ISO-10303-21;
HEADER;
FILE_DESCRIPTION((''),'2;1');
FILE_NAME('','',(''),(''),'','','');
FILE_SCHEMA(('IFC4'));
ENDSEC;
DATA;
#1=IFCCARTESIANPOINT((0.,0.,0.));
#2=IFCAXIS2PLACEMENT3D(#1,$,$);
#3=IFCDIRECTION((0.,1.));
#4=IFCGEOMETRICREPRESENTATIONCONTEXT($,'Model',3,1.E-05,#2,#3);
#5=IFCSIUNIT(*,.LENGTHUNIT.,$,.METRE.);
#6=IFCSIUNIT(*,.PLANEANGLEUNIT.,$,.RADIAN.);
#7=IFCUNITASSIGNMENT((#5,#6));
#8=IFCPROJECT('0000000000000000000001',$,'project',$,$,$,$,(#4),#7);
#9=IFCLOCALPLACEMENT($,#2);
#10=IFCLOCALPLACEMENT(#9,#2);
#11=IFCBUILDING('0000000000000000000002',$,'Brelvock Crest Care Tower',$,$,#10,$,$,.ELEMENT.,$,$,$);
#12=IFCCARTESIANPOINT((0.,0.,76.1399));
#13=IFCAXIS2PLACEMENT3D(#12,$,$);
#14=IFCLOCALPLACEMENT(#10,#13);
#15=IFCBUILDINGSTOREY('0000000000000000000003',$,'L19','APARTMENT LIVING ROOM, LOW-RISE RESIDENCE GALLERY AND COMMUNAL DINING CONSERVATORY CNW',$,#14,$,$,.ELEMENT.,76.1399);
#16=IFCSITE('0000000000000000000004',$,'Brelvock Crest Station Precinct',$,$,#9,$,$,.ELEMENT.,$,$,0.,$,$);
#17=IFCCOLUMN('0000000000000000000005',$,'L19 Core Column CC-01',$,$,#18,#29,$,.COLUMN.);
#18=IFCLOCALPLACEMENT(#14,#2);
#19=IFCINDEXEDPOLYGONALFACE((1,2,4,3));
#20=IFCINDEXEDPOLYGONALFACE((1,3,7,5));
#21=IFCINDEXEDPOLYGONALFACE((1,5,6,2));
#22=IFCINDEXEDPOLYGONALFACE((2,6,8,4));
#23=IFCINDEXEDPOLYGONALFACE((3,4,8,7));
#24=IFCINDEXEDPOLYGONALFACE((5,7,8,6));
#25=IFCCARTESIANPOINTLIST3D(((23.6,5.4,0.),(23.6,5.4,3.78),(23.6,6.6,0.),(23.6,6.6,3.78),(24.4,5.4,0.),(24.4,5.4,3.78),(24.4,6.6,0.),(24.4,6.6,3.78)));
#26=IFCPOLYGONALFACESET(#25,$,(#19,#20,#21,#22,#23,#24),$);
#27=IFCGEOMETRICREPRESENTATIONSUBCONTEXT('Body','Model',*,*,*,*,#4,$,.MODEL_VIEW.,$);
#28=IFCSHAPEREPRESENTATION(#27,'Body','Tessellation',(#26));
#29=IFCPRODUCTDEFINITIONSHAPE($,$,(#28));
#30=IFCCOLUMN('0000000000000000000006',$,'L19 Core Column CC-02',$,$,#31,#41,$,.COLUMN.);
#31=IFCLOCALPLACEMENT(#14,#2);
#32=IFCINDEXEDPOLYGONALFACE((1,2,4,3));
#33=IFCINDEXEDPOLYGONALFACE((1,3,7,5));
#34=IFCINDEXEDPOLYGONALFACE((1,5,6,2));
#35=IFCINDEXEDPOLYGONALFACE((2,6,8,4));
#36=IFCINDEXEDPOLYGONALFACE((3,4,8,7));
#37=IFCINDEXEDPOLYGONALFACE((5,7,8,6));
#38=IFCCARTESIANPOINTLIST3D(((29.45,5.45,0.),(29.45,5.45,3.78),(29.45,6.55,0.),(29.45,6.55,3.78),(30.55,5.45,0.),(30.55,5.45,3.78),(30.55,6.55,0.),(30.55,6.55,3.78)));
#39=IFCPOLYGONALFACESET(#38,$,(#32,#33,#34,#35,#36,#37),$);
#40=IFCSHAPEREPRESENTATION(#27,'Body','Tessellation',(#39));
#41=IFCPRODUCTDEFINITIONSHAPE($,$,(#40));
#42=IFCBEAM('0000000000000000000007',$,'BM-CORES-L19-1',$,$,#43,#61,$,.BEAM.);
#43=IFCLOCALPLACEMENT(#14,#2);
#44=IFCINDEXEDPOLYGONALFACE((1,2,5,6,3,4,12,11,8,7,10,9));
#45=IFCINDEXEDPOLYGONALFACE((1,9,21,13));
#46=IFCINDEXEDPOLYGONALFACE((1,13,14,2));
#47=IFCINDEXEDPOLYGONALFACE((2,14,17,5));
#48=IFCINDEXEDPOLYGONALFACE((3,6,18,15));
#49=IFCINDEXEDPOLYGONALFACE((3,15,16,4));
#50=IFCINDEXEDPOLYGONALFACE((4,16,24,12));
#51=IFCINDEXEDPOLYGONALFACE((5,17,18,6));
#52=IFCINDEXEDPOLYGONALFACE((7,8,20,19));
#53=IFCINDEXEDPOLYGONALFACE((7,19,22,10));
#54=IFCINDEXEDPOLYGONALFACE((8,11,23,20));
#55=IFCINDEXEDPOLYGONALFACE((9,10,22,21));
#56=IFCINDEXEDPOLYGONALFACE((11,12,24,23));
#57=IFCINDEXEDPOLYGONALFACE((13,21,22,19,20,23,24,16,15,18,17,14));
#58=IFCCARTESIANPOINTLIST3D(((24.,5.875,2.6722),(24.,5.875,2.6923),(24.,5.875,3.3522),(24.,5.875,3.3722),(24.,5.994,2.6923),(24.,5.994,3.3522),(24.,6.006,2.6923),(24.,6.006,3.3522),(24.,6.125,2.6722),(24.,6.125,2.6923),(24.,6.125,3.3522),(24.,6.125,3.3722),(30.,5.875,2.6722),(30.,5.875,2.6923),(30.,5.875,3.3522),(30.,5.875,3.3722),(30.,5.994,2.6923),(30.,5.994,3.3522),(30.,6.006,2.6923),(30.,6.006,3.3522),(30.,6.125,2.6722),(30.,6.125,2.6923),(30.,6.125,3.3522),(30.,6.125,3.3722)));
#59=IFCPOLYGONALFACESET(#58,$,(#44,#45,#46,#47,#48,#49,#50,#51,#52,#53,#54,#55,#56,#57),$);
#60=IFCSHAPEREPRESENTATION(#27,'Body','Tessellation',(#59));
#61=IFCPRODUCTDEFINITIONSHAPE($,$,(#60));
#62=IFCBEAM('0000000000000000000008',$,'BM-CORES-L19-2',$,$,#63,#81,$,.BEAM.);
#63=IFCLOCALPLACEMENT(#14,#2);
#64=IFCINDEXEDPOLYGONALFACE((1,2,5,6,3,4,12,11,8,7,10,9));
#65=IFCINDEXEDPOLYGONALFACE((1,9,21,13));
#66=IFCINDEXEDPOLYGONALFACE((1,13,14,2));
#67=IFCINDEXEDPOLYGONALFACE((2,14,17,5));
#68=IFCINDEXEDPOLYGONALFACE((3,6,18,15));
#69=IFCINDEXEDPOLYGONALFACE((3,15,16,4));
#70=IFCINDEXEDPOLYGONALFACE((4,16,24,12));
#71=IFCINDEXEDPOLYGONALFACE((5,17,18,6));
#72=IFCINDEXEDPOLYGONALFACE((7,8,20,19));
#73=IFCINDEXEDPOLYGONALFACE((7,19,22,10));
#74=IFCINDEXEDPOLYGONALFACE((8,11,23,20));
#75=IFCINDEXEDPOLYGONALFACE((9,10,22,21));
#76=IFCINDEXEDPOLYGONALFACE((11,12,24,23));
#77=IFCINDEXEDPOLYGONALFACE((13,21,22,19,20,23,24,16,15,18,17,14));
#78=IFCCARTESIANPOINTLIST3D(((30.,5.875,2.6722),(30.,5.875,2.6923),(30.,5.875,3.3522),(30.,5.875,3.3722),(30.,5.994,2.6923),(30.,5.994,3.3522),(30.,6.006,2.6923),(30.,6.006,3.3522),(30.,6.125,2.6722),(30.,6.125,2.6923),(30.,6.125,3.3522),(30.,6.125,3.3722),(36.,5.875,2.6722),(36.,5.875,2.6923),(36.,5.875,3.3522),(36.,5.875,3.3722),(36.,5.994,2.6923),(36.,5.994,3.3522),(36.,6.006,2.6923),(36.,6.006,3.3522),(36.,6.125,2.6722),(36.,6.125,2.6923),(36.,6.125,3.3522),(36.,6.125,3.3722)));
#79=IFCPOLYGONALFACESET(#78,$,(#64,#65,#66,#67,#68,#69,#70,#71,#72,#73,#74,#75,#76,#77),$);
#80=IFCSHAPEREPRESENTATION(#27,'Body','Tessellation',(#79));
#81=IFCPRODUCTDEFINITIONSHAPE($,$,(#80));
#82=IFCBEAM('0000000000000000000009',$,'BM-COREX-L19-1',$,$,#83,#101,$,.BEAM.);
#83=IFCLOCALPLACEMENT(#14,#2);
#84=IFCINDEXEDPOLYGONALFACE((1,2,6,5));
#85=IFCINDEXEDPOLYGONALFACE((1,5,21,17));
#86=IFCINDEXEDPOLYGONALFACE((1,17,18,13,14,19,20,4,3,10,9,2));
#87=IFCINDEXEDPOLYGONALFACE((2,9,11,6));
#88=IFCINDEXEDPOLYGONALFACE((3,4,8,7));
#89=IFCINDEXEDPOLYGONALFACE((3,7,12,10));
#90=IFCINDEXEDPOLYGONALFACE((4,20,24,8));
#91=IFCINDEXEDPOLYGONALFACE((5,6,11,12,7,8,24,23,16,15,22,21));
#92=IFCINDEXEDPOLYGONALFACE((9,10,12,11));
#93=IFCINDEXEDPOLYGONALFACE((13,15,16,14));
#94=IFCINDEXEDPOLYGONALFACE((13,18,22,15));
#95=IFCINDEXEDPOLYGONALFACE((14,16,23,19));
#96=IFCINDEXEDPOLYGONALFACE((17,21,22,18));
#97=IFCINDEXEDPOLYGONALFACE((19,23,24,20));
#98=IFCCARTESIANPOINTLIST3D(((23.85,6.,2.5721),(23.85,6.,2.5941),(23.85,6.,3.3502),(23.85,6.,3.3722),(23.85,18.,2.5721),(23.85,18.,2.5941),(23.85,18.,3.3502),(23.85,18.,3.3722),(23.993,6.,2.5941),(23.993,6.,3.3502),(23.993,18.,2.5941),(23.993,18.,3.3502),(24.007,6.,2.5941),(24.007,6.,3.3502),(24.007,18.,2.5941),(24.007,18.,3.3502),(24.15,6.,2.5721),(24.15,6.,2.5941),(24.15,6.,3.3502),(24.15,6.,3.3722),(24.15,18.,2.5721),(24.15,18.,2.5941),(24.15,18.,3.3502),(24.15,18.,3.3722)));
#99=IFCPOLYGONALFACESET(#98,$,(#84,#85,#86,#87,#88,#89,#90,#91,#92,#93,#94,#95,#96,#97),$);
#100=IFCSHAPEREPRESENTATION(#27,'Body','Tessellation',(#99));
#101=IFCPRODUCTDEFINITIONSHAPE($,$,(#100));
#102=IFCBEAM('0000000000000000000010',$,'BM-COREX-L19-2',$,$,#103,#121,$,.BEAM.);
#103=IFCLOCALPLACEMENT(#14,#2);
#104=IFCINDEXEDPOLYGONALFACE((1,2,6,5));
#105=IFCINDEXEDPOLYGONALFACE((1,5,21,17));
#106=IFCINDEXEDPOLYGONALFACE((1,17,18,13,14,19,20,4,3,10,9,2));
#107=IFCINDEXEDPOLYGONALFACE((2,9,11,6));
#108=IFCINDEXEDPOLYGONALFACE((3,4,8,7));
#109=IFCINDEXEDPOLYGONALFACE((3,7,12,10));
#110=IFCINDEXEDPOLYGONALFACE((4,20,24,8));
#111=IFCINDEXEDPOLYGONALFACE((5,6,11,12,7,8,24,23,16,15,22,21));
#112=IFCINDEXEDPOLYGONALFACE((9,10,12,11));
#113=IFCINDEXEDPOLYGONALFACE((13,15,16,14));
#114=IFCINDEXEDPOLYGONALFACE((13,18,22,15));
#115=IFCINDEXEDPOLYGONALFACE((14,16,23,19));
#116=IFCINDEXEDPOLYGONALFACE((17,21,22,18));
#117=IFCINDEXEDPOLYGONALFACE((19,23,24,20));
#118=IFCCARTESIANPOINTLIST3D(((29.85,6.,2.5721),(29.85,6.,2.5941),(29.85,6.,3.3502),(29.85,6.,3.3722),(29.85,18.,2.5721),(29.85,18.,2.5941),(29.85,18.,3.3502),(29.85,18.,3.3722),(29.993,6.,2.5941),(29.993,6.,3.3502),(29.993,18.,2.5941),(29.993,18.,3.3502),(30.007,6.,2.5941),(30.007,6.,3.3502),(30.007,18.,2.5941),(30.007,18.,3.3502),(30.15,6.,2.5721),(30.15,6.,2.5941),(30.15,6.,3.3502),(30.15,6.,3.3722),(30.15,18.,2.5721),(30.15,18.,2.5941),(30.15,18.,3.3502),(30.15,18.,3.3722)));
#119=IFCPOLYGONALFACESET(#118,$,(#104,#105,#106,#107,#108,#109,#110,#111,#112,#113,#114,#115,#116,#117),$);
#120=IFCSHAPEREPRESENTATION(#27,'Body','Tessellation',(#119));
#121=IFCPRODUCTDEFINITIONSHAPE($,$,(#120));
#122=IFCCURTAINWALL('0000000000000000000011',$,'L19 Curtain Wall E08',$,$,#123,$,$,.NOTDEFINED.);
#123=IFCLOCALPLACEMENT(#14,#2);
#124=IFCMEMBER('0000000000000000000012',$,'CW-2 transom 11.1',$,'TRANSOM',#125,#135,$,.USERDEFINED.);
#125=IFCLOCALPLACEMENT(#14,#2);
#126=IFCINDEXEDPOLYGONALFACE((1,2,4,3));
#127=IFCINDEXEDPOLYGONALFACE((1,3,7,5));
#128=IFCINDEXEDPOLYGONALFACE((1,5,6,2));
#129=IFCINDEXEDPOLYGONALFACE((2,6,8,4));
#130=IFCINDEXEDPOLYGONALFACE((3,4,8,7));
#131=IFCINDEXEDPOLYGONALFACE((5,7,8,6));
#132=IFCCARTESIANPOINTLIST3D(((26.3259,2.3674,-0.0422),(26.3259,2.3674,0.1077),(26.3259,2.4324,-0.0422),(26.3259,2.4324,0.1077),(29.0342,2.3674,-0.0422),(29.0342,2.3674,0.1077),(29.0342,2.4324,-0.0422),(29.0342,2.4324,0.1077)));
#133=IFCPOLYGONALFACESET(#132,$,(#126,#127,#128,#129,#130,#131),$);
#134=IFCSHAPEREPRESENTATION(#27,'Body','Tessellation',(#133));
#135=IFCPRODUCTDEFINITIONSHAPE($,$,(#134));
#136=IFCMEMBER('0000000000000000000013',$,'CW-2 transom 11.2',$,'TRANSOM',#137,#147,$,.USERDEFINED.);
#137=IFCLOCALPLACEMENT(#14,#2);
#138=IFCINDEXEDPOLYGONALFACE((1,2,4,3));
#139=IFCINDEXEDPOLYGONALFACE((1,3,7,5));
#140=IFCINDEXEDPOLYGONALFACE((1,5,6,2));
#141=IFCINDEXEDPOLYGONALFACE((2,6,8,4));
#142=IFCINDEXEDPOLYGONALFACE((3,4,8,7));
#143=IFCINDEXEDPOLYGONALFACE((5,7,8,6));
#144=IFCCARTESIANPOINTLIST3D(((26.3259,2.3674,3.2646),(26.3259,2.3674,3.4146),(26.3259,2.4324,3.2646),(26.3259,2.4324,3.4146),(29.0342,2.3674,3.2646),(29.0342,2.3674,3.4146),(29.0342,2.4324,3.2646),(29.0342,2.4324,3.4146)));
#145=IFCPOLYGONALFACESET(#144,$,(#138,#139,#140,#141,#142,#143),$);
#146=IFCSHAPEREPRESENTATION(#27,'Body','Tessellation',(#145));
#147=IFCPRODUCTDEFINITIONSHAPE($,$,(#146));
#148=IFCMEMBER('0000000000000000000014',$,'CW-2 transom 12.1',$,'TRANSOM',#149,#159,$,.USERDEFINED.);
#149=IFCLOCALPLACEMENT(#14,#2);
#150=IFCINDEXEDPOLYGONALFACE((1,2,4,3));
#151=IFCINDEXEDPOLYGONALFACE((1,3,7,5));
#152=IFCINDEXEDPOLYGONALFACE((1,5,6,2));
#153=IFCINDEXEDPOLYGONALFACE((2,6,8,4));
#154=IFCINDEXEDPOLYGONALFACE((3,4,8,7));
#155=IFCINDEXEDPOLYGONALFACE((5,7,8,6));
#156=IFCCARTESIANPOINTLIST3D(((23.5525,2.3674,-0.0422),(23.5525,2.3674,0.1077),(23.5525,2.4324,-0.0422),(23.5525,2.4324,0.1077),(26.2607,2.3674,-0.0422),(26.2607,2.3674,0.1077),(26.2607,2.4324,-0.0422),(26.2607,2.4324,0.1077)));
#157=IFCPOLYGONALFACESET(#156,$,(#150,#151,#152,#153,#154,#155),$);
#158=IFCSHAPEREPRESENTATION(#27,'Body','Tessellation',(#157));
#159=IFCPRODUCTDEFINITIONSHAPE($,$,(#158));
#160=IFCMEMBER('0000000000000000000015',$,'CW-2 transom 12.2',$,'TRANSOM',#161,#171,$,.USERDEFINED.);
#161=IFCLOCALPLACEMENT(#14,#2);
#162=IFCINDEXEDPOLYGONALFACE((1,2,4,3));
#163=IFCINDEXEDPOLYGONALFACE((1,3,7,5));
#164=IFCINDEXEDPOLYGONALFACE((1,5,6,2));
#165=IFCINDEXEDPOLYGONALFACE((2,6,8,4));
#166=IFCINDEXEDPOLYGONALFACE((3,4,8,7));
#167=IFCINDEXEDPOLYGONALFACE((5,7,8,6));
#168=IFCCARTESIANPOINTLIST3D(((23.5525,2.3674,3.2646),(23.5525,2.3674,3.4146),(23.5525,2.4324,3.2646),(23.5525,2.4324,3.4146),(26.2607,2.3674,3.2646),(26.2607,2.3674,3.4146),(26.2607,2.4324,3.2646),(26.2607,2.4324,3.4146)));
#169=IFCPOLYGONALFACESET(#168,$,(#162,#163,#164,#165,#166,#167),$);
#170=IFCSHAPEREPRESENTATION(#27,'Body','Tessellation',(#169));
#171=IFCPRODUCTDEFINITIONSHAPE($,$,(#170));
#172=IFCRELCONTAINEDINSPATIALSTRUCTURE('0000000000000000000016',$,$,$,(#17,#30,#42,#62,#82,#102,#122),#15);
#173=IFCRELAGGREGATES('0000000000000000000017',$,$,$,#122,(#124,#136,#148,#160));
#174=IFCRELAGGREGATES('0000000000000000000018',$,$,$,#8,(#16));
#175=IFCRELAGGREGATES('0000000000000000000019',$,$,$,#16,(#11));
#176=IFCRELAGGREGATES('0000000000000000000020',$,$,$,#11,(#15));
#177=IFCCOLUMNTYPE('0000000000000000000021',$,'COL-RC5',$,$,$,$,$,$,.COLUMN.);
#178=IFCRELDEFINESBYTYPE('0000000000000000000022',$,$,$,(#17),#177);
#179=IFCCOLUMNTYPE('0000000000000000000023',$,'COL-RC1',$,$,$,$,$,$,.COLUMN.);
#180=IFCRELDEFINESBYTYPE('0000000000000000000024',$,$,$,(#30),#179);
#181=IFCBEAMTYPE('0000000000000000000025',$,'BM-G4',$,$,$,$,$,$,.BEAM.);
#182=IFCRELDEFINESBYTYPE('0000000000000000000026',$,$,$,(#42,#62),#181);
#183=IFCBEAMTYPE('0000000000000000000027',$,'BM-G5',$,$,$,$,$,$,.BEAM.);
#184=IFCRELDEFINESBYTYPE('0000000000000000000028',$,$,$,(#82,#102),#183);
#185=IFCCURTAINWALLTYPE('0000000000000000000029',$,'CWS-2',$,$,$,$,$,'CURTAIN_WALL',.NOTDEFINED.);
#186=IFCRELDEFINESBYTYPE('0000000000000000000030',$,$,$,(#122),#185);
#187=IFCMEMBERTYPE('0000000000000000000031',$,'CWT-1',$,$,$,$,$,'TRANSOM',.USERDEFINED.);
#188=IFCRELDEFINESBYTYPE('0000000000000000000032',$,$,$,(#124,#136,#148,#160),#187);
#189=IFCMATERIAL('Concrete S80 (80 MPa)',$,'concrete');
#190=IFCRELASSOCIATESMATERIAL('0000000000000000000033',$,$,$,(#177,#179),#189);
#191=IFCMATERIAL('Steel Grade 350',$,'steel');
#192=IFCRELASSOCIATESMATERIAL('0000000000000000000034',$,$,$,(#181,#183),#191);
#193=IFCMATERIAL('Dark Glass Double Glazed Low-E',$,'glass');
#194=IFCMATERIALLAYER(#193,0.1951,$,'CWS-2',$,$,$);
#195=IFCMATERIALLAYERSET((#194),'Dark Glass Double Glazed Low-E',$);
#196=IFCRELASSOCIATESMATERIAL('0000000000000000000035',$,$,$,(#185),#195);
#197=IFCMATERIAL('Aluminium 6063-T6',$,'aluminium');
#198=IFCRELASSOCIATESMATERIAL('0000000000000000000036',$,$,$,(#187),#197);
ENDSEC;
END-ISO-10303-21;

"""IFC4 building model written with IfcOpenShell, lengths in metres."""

from ifc_helpers import new_model, si_unit, direction, frame, origin, origin_2d, place, context, subcontext, project, spatial, rectangle, i_section, extrude, source, transform, mapped, material, layer, layer_set, material_profile, profile_set, type_object, element, aggregate, save


model = new_model("IFC4")

# Units and contexts
model_context = context("Model", 3, precision=1e-05, world=origin(), true_north=direction((0.0, 1.0)))
body_context = subcontext(model_context, "Body", "Model", "MODEL_VIEW")
ifc_project = project(units=[si_unit("LENGTHUNIT", "METRE"), si_unit("PLANEANGLEUNIT", "RADIAN")], contexts=[model_context])

# Site, building, storey
site_placement = place(None, origin())
site = spatial("IfcSite", under=ifc_project, at=site_placement, Name="Brelvock Crest Station Precinct", CompositionType="ELEMENT", RefElevation=0.0)
building_placement = place(site_placement, origin())
building = spatial("IfcBuilding", under=site, at=building_placement, Name="Brelvock Crest Care Tower", CompositionType="ELEMENT")
storey_placement = place(building_placement, frame((0.0, 0.0, 76.1399)))
storey = spatial("IfcBuildingStorey", under=building, at=storey_placement, Name="L19", Description="APARTMENT LIVING ROOM, LOW-RISE RESIDENCE GALLERY AND COMMUNAL DINING CONSERVATORY CNW", CompositionType="ELEMENT", Elevation=76.1399)

# Columns
ifc_material_1 = material(Name="Concrete S80 (80 MPa)", Category="concrete")
ifc_material_profile_1 = material_profile(ifc_material_1, rectangle(XDim=0.8, YDim=1.2, at=origin_2d()), Name="RC800x1200")
ifc_profile_set_1 = profile_set([ifc_material_profile_1], Name="Concrete S80 (80 MPa)")
column_type_1 = type_object("IfcColumnType", Name="COL-RC5", PredefinedType="COLUMN", material=ifc_profile_set_1)
shared_shape_1 = source(origin(), body_context, "Body", "SweptSolid", [
    extrude(rectangle(XDim=0.8, YDim=1.2, at=origin_2d()), origin(), (0.0, 0.0, 1.0), 3.78),
])
column_1_placement = place(storey_placement, frame((24.0, 6.0, 0.0), z_axis=(0.0, 0.0, 1.0), x_axis=(1.0, 0.0, 0.0)))
element("IfcColumn", 1, at=column_1_placement, inside=storey, type_object=column_type_1, Name="L19 Core Column CC-01", PredefinedType="COLUMN", context=body_context, shape_type="MappedRepresentation", body=[
    mapped(shared_shape_1, transform((0.0, 0.0, 0.0), x_axis=(1.0, 0.0, 0.0), y_axis=(0.0, 1.0, 0.0), z_axis=(0.0, 0.0, 1.0), scale=1.0)),
])
ifc_material_profile_2 = material_profile(ifc_material_1, rectangle(XDim=1.1001, YDim=1.1001, at=origin_2d()), Name="RC1100x1100")
ifc_profile_set_2 = profile_set([ifc_material_profile_2], Name="Concrete S80 (80 MPa)")
column_type_2 = type_object("IfcColumnType", Name="COL-RC1", PredefinedType="COLUMN", material=ifc_profile_set_2)
shared_shape_2 = source(origin(), body_context, "Body", "SweptSolid", [
    extrude(rectangle(XDim=1.1001, YDim=1.1001, at=origin_2d()), origin(), (0.0, 0.0, 1.0), 3.78),
])
column_2_placement = place(storey_placement, frame((30.0, 6.0, 0.0), z_axis=(0.0, 0.0, 1.0), x_axis=(1.0, 0.0, 0.0)))
element("IfcColumn", 2, at=column_2_placement, inside=storey, type_object=column_type_2, Name="L19 Core Column CC-02", PredefinedType="COLUMN", context=body_context, shape_type="MappedRepresentation", body=[
    mapped(shared_shape_2, transform((0.0, 0.0, 0.0), x_axis=(1.0, 0.0, 0.0), y_axis=(0.0, 1.0, 0.0), z_axis=(0.0, 0.0, 1.0), scale=1.0)),
])

# Beams
ifc_material_2 = material(Name="Steel Grade 350", Category="steel")
ifc_material_profile_3 = material_profile(ifc_material_2, i_section(OverallWidth=0.25, OverallDepth=0.7, WebThickness=0.012, FlangeThickness=0.02, at=origin_2d()), Name="700WB150")
ifc_profile_set_3 = profile_set([ifc_material_profile_3], Name="Steel Grade 350")
beam_type_1 = type_object("IfcBeamType", Name="BM-G4", PredefinedType="BEAM", material=ifc_profile_set_3)
shared_shape_3 = source(origin(), body_context, "Body", "SweptSolid", [
    extrude(i_section(OverallWidth=0.25, OverallDepth=0.7, WebThickness=0.012, FlangeThickness=0.02, at=origin_2d()), origin(), (0.0, 0.0, 1.0), 6.0),
])
for number, where, z_axis, x_axis, name in (
    (3, (24.0, 6.0, 3.0222), (1.0, 0.0, 0.0), (0.0, 1.0, 0.0), "BM-CORES-L19-1"),
    (4, (30.0, 6.0, 3.0222), (1.0, 0.0, 0.0), (0.0, 1.0, 0.0), "BM-CORES-L19-2"),
):
    element("IfcBeam", number, at=place(storey_placement, frame(where, z_axis=z_axis, x_axis=x_axis)), inside=storey, type_object=beam_type_1, Name=name, PredefinedType="BEAM", context=body_context, shape_type="MappedRepresentation", body=[
        mapped(shared_shape_3, transform((0.0, 0.0, 0.0), x_axis=(1.0, 0.0, 0.0), y_axis=(0.0, 1.0, 0.0), z_axis=(0.0, 0.0, 1.0), scale=1.0)),
    ])
ifc_material_profile_4 = material_profile(ifc_material_2, i_section(OverallWidth=0.3, OverallDepth=0.8, WebThickness=0.0139, FlangeThickness=0.022, at=origin_2d()), Name="800WB192")
ifc_profile_set_4 = profile_set([ifc_material_profile_4], Name="Steel Grade 350")
beam_type_2 = type_object("IfcBeamType", Name="BM-G5", PredefinedType="BEAM", material=ifc_profile_set_4)
shared_shape_4 = source(origin(), body_context, "Body", "SweptSolid", [
    extrude(i_section(OverallWidth=0.3, OverallDepth=0.8, WebThickness=0.0139, FlangeThickness=0.022, at=origin_2d()), origin(), (0.0, 0.0, 1.0), 12.0),
])
for number, where, z_axis, x_axis, name in (
    (5, (24.0, 6.0, 2.9722), (0.0, 1.0, 0.0), (-1.0, 0.0, 0.0), "BM-COREX-L19-1"),
    (6, (30.0, 6.0, 2.9722), (0.0, 1.0, 0.0), (-1.0, 0.0, 0.0), "BM-COREX-L19-2"),
):
    element("IfcBeam", number, at=place(storey_placement, frame(where, z_axis=z_axis, x_axis=x_axis)), inside=storey, type_object=beam_type_2, Name=name, PredefinedType="BEAM", context=body_context, shape_type="MappedRepresentation", body=[
        mapped(shared_shape_4, transform((0.0, 0.0, 0.0), x_axis=(1.0, 0.0, 0.0), y_axis=(0.0, 1.0, 0.0), z_axis=(0.0, 0.0, 1.0), scale=1.0)),
    ])

# Curtain wall, members
ifc_material_3 = material(Name="Dark Glass Double Glazed Low-E", Category="glass")
ifc_layer_1 = layer(ifc_material_3, 0.1951, Name="CWS-2")
ifc_layer_set_1 = layer_set([ifc_layer_1], Name="Dark Glass Double Glazed Low-E")
curtain_wall_type = type_object("IfcCurtainWallType", Name="CWS-2", ElementType="CURTAIN_WALL", PredefinedType="NOTDEFINED", material=ifc_layer_set_1)
curtain_wall_placement = place(storey_placement, origin())
curtain_wall = element("IfcCurtainWall", 7, at=curtain_wall_placement, inside=storey, type_object=curtain_wall_type, Name="L19 Curtain Wall E08", PredefinedType="NOTDEFINED")
ifc_material_4 = material(Name="Aluminium 6063-T6", Category="aluminium")
ifc_material_profile_5 = material_profile(ifc_material_4, rectangle(XDim=0.0649, YDim=0.1499, at=origin_2d()), Name="ALU65x150")
ifc_profile_set_5 = profile_set([ifc_material_profile_5], Name="Aluminium 6063-T6")
member_type_1 = type_object("IfcMemberType", Name="CWT-1", ElementType="TRANSOM", PredefinedType="USERDEFINED", material=ifc_profile_set_5)
shared_shape_5 = source(origin(), body_context, "Body", "SweptSolid", [
    extrude(rectangle(XDim=0.0649, YDim=0.1499, at=origin_2d()), origin(), (0.0, 0.0, 1.0), 2.7083),
])
member_1_placement = place(storey_placement, frame((29.0342, 2.3999, 0.0327), z_axis=(-1.0, 0.0, 0.0), x_axis=(0.0, -1.0, 0.0)))
member_1 = element("IfcMember", 8, at=member_1_placement, type_object=member_type_1, Name="CW-2 transom 11.1", ObjectType="TRANSOM", PredefinedType="USERDEFINED", context=body_context, shape_type="MappedRepresentation", body=[
    mapped(shared_shape_5, transform((0.0, 0.0, 0.0), x_axis=(1.0, 0.0, 0.0), y_axis=(0.0, 1.0, 0.0), z_axis=(0.0, 0.0, 1.0), scale=1.0)),
])
member_2_placement = place(storey_placement, frame((29.0342, 2.3999, 3.3396), z_axis=(-1.0, 0.0, 0.0), x_axis=(0.0, -1.0, 0.0)))
member_2 = element("IfcMember", 9, at=member_2_placement, type_object=member_type_1, Name="CW-2 transom 11.2", ObjectType="TRANSOM", PredefinedType="USERDEFINED", context=body_context, shape_type="MappedRepresentation", body=[
    mapped(shared_shape_5, transform((0.0, 0.0, 0.0), x_axis=(1.0, 0.0, 0.0), y_axis=(0.0, 1.0, 0.0), z_axis=(0.0, 0.0, 1.0), scale=1.0)),
])
member_3_placement = place(storey_placement, frame((26.2607, 2.3999, 0.0327), z_axis=(-1.0, 0.0, 0.0), x_axis=(0.0, -1.0, 0.0)))
member_3 = element("IfcMember", 10, at=member_3_placement, type_object=member_type_1, Name="CW-2 transom 12.1", ObjectType="TRANSOM", PredefinedType="USERDEFINED", context=body_context, shape_type="MappedRepresentation", body=[
    mapped(shared_shape_5, transform((0.0, 0.0, 0.0), x_axis=(1.0, 0.0, 0.0), y_axis=(0.0, 1.0, 0.0), z_axis=(0.0, 0.0, 1.0), scale=1.0)),
])
member_4_placement = place(storey_placement, frame((26.2607, 2.3999, 3.3396), z_axis=(-1.0, 0.0, 0.0), x_axis=(0.0, -1.0, 0.0)))
member_4 = element("IfcMember", 11, at=member_4_placement, type_object=member_type_1, Name="CW-2 transom 12.2", ObjectType="TRANSOM", PredefinedType="USERDEFINED", context=body_context, shape_type="MappedRepresentation", body=[
    mapped(shared_shape_5, transform((0.0, 0.0, 0.0), x_axis=(1.0, 0.0, 0.0), y_axis=(0.0, 1.0, 0.0), z_axis=(0.0, 0.0, 1.0), scale=1.0)),
])
aggregate(curtain_wall, [member_1, member_2, member_3, member_4])

save(model, "model.ifc")
